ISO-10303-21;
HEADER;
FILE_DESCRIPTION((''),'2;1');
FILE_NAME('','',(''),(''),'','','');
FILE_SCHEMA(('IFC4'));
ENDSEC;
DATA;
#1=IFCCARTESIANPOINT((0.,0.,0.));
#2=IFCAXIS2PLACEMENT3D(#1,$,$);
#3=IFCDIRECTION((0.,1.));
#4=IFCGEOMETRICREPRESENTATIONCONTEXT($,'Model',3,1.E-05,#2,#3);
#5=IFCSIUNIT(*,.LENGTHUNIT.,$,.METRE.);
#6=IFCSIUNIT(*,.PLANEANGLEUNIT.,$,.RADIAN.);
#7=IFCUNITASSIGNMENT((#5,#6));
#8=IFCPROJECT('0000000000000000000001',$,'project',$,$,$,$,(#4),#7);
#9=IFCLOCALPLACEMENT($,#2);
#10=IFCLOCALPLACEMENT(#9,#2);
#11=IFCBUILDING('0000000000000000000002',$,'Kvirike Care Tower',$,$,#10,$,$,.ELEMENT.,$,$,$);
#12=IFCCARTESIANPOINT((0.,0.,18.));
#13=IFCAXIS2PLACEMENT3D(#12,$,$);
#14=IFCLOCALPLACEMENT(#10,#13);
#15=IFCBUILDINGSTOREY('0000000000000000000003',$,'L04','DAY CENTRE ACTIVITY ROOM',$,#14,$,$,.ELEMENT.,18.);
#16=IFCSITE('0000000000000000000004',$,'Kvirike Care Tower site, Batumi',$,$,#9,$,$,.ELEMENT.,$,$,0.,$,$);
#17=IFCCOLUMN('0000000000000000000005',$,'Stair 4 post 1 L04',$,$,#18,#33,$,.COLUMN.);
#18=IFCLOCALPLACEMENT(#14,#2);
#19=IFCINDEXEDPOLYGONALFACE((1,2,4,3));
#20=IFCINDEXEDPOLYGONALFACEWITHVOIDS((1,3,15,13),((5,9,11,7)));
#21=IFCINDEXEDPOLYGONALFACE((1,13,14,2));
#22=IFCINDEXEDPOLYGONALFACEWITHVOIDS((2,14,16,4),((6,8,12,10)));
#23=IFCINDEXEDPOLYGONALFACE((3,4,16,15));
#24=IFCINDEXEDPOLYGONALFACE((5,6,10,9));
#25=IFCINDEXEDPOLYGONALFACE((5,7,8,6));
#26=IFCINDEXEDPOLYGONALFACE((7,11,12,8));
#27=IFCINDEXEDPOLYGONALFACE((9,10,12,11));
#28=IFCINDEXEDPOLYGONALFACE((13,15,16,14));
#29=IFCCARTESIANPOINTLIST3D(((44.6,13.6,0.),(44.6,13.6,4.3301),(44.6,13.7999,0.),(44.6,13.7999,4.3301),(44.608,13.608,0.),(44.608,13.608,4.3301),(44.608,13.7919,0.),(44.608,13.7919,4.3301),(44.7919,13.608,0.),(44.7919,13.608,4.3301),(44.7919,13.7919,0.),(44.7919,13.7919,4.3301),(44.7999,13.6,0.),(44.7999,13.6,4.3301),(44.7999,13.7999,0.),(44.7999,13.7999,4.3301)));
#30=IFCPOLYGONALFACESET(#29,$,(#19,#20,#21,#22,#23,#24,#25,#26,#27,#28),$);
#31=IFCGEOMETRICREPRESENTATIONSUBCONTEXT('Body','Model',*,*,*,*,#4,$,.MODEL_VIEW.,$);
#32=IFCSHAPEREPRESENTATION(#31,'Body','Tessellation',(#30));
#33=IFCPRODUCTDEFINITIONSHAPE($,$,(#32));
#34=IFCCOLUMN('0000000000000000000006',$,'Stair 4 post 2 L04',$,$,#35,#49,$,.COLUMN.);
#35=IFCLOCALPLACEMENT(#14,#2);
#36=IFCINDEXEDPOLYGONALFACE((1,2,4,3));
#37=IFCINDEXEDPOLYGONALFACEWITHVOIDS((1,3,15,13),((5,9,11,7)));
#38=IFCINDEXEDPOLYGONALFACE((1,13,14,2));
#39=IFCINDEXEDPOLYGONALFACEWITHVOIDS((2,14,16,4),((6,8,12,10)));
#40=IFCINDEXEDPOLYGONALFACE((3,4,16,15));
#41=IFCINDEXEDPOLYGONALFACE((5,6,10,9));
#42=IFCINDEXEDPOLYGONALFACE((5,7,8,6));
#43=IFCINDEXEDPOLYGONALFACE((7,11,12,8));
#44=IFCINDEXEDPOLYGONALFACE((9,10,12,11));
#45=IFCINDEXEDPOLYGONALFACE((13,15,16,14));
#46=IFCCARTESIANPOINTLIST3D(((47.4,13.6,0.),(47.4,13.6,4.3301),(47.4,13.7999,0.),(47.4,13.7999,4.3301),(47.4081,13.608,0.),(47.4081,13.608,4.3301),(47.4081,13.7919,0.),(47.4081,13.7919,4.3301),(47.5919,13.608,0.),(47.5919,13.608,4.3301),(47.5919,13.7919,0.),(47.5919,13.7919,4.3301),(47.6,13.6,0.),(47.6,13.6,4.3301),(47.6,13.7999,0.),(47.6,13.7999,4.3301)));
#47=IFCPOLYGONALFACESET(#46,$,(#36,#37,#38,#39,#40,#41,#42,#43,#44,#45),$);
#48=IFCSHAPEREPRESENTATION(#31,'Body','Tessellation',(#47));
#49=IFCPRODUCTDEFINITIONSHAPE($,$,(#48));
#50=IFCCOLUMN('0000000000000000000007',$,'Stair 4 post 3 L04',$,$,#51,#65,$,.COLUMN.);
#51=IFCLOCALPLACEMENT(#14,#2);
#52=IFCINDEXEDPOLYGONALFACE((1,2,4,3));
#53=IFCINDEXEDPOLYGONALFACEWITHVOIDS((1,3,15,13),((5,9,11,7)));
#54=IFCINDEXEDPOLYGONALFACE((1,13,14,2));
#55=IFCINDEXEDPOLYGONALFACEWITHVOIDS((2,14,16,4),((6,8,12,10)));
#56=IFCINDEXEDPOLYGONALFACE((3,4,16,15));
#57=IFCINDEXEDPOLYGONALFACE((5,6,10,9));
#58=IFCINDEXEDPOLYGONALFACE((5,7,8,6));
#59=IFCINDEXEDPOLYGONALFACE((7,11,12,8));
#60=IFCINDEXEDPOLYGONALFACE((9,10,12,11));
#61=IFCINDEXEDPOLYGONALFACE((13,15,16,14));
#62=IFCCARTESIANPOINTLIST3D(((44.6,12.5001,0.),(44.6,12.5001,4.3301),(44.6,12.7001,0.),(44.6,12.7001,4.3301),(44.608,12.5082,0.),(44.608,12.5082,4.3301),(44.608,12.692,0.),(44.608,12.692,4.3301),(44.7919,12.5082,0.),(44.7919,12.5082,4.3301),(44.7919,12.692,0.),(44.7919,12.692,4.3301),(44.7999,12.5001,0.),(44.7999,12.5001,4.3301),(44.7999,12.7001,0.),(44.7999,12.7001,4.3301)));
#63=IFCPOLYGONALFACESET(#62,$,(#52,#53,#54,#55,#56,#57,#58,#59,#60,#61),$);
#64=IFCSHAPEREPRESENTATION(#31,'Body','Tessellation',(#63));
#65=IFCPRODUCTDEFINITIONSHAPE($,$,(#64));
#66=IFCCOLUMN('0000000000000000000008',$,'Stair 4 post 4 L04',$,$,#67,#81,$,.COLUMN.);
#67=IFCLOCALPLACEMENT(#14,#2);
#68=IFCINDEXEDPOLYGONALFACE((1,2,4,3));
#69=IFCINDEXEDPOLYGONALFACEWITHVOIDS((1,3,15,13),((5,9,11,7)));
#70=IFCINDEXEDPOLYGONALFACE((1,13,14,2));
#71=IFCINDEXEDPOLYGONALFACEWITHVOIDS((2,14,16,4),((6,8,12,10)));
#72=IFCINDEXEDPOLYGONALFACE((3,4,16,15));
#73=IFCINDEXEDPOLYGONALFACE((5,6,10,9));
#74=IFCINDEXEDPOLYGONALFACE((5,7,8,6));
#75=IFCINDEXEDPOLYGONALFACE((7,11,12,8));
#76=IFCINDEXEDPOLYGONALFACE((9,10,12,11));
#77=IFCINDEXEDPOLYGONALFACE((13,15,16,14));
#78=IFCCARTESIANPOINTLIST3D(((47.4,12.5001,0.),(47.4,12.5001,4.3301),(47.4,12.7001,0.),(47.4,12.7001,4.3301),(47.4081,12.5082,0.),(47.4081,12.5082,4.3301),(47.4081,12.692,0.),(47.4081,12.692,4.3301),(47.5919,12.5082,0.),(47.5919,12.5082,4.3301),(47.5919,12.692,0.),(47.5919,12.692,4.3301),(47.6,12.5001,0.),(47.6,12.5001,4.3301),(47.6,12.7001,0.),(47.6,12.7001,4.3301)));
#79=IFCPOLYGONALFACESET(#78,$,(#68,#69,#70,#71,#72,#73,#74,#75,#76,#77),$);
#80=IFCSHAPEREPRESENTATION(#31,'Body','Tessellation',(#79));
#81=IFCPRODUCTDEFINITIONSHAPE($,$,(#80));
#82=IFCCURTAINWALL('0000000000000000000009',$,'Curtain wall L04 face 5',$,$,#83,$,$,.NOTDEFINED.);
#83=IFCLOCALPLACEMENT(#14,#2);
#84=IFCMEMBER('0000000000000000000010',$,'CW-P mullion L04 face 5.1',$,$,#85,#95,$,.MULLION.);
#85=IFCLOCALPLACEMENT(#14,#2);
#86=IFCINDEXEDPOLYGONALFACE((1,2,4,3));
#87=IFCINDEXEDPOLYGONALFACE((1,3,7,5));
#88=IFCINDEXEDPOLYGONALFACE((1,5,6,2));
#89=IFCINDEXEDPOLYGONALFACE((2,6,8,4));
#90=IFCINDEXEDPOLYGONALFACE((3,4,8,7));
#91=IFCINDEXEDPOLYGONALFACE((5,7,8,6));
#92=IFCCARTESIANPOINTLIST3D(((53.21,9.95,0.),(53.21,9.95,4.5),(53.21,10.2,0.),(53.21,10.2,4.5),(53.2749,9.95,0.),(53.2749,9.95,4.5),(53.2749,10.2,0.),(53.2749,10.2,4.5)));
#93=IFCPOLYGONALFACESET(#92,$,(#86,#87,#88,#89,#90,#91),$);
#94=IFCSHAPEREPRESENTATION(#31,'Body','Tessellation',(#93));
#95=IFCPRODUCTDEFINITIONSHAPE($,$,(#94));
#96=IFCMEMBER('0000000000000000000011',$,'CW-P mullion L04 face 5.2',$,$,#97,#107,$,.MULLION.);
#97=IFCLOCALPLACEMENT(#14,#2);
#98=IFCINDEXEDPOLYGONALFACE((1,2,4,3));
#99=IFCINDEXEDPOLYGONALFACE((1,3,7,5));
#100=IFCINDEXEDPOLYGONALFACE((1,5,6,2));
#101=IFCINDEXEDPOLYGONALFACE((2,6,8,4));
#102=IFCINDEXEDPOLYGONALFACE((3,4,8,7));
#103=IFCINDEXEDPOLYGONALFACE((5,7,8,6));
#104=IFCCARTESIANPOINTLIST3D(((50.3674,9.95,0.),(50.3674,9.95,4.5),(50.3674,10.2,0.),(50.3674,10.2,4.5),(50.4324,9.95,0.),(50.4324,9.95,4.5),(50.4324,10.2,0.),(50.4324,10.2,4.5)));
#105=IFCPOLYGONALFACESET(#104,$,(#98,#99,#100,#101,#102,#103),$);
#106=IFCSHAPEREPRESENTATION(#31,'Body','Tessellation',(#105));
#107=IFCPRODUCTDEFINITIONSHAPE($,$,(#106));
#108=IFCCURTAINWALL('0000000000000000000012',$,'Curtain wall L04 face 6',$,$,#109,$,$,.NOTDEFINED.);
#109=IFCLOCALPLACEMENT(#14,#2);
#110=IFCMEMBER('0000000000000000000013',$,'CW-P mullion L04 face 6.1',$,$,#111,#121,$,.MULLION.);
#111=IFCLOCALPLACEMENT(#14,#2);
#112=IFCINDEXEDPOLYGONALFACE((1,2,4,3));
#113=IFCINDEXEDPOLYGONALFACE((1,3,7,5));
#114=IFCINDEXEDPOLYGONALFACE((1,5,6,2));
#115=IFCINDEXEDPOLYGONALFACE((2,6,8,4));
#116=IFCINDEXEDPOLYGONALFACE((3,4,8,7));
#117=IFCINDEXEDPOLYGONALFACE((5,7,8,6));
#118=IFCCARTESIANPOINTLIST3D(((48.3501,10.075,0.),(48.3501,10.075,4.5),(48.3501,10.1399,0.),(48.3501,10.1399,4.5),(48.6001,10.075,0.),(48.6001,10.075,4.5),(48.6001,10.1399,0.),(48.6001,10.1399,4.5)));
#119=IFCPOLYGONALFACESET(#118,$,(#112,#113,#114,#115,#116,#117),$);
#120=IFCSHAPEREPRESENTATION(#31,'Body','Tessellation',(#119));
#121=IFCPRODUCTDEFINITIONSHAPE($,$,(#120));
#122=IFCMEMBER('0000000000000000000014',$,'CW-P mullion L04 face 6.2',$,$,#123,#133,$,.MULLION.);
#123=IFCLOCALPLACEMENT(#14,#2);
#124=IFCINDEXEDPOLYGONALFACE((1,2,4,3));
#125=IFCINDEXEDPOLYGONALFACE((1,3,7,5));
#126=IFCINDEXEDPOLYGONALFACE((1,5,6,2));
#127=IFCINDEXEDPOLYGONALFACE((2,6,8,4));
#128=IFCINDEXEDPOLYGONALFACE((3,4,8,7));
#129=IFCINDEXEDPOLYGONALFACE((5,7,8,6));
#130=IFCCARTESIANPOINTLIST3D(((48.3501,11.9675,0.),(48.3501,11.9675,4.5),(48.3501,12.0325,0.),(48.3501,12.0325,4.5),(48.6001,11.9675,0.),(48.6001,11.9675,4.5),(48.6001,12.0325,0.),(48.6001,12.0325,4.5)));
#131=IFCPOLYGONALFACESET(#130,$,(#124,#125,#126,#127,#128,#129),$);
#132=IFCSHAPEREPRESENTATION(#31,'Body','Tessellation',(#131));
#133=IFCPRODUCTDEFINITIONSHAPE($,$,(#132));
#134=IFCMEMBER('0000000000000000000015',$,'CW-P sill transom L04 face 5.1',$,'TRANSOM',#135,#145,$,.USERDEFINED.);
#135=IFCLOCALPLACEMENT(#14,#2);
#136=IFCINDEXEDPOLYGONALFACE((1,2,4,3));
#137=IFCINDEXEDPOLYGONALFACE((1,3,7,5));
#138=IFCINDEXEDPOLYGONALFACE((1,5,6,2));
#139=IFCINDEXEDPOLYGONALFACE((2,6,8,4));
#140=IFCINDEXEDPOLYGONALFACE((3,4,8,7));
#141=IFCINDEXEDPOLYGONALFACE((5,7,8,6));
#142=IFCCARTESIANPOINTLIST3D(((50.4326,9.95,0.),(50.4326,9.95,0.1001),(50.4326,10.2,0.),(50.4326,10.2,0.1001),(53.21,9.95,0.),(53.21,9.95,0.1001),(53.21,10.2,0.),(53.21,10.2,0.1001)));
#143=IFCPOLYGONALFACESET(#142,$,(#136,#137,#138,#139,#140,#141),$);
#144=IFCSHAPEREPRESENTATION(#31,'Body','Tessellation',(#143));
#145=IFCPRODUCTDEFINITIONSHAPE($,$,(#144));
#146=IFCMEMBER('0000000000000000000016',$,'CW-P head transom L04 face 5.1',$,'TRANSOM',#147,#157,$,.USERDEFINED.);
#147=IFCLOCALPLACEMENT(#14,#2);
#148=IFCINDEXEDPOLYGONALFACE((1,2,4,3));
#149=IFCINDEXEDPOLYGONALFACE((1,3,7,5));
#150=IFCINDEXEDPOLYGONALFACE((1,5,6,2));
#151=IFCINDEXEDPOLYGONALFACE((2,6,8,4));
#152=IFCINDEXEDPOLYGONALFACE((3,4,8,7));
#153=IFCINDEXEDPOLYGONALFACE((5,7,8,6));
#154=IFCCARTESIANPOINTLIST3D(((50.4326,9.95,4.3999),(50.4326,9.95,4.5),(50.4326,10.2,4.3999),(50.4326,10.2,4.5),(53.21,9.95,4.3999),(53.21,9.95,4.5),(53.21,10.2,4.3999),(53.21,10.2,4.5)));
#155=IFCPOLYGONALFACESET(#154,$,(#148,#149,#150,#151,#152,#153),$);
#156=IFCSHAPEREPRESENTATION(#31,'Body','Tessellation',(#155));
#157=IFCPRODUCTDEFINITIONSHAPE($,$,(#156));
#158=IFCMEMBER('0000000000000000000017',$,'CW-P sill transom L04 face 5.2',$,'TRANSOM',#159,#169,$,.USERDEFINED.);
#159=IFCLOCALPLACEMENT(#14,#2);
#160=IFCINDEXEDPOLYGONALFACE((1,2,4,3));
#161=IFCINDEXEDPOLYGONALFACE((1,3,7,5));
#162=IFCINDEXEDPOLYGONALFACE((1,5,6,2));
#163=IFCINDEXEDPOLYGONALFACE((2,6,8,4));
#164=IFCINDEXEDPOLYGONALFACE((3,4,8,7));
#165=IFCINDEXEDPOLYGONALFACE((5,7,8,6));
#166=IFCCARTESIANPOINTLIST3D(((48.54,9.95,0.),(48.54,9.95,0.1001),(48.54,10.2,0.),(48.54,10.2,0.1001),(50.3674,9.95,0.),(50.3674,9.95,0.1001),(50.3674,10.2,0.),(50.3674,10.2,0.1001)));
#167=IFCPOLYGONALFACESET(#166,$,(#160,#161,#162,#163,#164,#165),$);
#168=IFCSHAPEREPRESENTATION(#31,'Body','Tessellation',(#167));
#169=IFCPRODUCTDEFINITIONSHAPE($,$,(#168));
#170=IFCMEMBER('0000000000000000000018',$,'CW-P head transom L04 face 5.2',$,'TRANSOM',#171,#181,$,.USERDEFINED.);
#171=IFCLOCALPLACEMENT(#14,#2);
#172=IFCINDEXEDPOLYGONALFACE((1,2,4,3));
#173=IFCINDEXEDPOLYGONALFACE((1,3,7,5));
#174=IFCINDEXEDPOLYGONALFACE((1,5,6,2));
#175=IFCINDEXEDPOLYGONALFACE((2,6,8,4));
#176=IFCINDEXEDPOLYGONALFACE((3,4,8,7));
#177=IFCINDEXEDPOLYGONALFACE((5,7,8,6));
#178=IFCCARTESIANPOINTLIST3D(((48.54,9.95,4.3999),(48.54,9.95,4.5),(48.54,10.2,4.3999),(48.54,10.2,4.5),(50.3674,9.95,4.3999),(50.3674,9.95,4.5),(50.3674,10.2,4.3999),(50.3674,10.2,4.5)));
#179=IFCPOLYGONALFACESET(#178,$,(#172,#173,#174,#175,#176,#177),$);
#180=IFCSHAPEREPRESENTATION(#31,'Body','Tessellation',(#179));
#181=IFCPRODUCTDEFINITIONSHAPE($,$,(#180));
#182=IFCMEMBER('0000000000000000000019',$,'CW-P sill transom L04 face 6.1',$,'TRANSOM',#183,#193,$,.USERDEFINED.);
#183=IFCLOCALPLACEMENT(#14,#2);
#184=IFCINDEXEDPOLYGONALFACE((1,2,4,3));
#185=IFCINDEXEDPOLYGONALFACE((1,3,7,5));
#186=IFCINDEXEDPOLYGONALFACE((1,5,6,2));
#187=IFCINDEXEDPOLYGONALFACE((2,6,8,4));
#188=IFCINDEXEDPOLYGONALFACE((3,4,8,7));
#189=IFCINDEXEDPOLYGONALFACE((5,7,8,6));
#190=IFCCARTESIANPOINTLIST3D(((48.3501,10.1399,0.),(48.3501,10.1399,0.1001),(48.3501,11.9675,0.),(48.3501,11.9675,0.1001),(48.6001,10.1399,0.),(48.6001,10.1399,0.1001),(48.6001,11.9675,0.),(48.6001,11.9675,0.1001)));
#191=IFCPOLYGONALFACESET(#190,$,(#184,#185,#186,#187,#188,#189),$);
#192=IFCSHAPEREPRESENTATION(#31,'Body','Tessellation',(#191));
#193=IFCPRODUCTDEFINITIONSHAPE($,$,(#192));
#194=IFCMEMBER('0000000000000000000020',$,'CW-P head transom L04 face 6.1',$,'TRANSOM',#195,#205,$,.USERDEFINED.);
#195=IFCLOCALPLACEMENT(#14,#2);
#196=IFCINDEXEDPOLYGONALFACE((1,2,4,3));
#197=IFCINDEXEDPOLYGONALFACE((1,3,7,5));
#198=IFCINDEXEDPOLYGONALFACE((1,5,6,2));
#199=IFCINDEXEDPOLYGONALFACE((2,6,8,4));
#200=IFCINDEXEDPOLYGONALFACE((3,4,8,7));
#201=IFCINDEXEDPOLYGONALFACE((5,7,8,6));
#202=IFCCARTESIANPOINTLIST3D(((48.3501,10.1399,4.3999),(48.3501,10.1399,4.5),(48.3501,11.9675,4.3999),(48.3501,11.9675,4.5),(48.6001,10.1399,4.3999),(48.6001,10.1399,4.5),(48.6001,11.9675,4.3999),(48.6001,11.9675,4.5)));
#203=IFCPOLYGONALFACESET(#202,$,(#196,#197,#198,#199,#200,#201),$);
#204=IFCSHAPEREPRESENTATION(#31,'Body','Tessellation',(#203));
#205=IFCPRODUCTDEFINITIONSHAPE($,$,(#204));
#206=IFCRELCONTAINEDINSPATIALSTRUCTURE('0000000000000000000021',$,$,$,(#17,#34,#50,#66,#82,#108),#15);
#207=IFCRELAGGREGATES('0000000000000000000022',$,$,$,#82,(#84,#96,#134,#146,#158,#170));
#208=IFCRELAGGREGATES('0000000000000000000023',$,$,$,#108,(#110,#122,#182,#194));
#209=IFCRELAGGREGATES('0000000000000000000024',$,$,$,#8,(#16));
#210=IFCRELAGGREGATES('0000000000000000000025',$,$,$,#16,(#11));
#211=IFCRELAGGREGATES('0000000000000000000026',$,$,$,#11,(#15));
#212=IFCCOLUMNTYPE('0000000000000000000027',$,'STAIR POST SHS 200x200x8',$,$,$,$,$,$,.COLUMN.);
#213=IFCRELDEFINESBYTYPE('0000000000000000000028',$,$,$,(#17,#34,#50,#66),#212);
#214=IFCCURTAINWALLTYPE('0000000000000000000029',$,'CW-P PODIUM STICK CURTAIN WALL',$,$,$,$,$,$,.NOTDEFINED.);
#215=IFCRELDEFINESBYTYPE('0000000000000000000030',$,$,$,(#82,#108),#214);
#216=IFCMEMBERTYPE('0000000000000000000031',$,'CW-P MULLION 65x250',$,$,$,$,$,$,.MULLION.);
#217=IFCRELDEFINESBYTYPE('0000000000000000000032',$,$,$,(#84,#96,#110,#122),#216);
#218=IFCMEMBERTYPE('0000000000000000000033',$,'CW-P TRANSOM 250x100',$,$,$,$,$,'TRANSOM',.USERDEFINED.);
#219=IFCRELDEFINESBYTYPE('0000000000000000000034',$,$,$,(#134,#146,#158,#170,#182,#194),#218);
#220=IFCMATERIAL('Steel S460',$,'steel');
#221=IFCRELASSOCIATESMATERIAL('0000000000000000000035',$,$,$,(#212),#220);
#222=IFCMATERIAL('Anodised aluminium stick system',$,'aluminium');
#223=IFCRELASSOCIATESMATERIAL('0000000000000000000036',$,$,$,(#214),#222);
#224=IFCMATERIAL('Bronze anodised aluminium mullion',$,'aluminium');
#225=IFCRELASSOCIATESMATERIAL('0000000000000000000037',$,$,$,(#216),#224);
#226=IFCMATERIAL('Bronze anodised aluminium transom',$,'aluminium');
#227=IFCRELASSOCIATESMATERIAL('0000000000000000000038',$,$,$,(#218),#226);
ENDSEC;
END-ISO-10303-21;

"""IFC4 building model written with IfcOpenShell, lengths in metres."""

from ifc_helpers import new_model, si_unit, direction, frame, origin, origin_2d, place, context, subcontext, project, spatial, rectangle, hollow_rectangle, extrude, material, material_profile, profile_set, type_object, element, aggregate, save


model = new_model("IFC4")

# Units and contexts
model_context = context("Model", 3, precision=1e-05, world=origin(), true_north=direction((0.0, 1.0)))
body_context = subcontext(model_context, "Body", "Model", "MODEL_VIEW")
ifc_project = project(units=[si_unit("LENGTHUNIT", "METRE"), si_unit("PLANEANGLEUNIT", "RADIAN")], contexts=[model_context])

# Site, building, storey
site_placement = place(None, origin())
site = spatial("IfcSite", under=ifc_project, at=site_placement, Name="Kvirike Care Tower site, Batumi", CompositionType="ELEMENT", RefElevation=0.0)
building_placement = place(site_placement, origin())
building = spatial("IfcBuilding", under=site, at=building_placement, Name="Kvirike Care Tower", CompositionType="ELEMENT")
storey_placement = place(building_placement, frame((0.0, 0.0, 18.0)))
storey = spatial("IfcBuildingStorey", under=building, at=storey_placement, Name="L04", Description="DAY CENTRE ACTIVITY ROOM", CompositionType="ELEMENT", Elevation=18.0)

# Columns
ifc_material_1 = material(Name="Steel S460", Category="steel")
ifc_material_profile_1 = material_profile(ifc_material_1, hollow_rectangle(XDim=0.2, YDim=0.2, WallThickness=0.0081, at=origin_2d()), Name="SHS 200x200x8")
ifc_profile_set_1 = profile_set([ifc_material_profile_1], Name="Steel S460")
column_type = type_object("IfcColumnType", Name="STAIR POST SHS 200x200x8", PredefinedType="COLUMN", material=ifc_profile_set_1)
for number, where, z_axis, x_axis, name in (
    (1, (44.7, 13.7, 0.0), (0.0, 0.0, 1.0), (1.0, 0.0, 0.0), "Stair 4 post 1 L04"),
    (2, (47.5, 13.7, 0.0), (0.0, 0.0, 1.0), (1.0, 0.0, 0.0), "Stair 4 post 2 L04"),
    (3, (44.7, 12.6001, 0.0), (0.0, 0.0, 1.0), (1.0, 0.0, 0.0), "Stair 4 post 3 L04"),
    (4, (47.5, 12.6001, 0.0), (0.0, 0.0, 1.0), (1.0, 0.0, 0.0), "Stair 4 post 4 L04"),
):
    element("IfcColumn", number, at=place(storey_placement, frame(where, z_axis=z_axis, x_axis=x_axis)), inside=storey, type_object=column_type, Name=name, PredefinedType="COLUMN", context=body_context, shape_type="SweptSolid", body=[
        extrude(hollow_rectangle(XDim=0.2, YDim=0.2, WallThickness=0.0081, at=origin_2d()), origin(), (0.0, 0.0, 1.0), 4.3301),
    ])

# Curtain walls, members
ifc_material_2 = material(Name="Anodised aluminium stick system", Category="aluminium")
curtain_wall_type = type_object("IfcCurtainWallType", Name="CW-P PODIUM STICK CURTAIN WALL", PredefinedType="NOTDEFINED", material=ifc_material_2)
curtain_wall_1_placement = place(storey_placement, origin())
curtain_wall_1 = element("IfcCurtainWall", 5, at=curtain_wall_1_placement, inside=storey, type_object=curtain_wall_type, Name="Curtain wall L04 face 5", PredefinedType="NOTDEFINED")
ifc_material_3 = material(Name="Bronze anodised aluminium mullion", Category="aluminium")
ifc_material_profile_2 = material_profile(ifc_material_3, rectangle(XDim=0.0649, YDim=0.25, at=origin_2d()), Name="CW-P MULLION 65x250")
ifc_profile_set_2 = profile_set([ifc_material_profile_2], Name="Bronze anodised aluminium mullion")
member_type_1 = type_object("IfcMemberType", Name="CW-P MULLION 65x250", PredefinedType="MULLION", material=ifc_profile_set_2)
member_1_placement = place(storey_placement, frame((53.2424, 10.075, 0.0), z_axis=(0.0, 0.0, 1.0), x_axis=(-1.0, 0.0, 0.0)))
member_1 = element("IfcMember", 6, at=member_1_placement, type_object=member_type_1, Name="CW-P mullion L04 face 5.1", PredefinedType="MULLION", context=body_context, shape_type="SweptSolid", body=[
    extrude(rectangle(XDim=0.0649, YDim=0.25, at=origin_2d()), origin(), (0.0, 0.0, 1.0), 4.5),
])
member_2_placement = place(storey_placement, frame((50.3999, 10.075, 0.0), z_axis=(0.0, 0.0, 1.0), x_axis=(-1.0, 0.0, 0.0)))
member_2 = element("IfcMember", 7, at=member_2_placement, type_object=member_type_1, Name="CW-P mullion L04 face 5.2", PredefinedType="MULLION", context=body_context, shape_type="SweptSolid", body=[
    extrude(rectangle(XDim=0.0649, YDim=0.25, at=origin_2d()), origin(), (0.0, 0.0, 1.0), 4.5),
])
curtain_wall_2_placement = place(storey_placement, origin())
curtain_wall_2 = element("IfcCurtainWall", 8, at=curtain_wall_2_placement, inside=storey, type_object=curtain_wall_type, Name="Curtain wall L04 face 6", PredefinedType="NOTDEFINED")
member_3_placement = place(storey_placement, frame((48.4751, 10.1074, 0.0), z_axis=(0.0, 0.0, 1.0), x_axis=(0.0, 1.0, 0.0)))
member_3 = element("IfcMember", 9, at=member_3_placement, type_object=member_type_1, Name="CW-P mullion L04 face 6.1", PredefinedType="MULLION", context=body_context, shape_type="SweptSolid", body=[
    extrude(rectangle(XDim=0.0649, YDim=0.25, at=origin_2d()), origin(), (0.0, 0.0, 1.0), 4.5),
])
member_4_placement = place(storey_placement, frame((48.4751, 12.0, 0.0), z_axis=(0.0, 0.0, 1.0), x_axis=(0.0, 1.0, 0.0)))
member_4 = element("IfcMember", 10, at=member_4_placement, type_object=member_type_1, Name="CW-P mullion L04 face 6.2", PredefinedType="MULLION", context=body_context, shape_type="SweptSolid", body=[
    extrude(rectangle(XDim=0.0649, YDim=0.25, at=origin_2d()), origin(), (0.0, 0.0, 1.0), 4.5),
])

# Members
ifc_material_4 = material(Name="Bronze anodised aluminium transom", Category="aluminium")
ifc_material_profile_3 = material_profile(ifc_material_4, rectangle(XDim=0.25, YDim=0.1001, at=origin_2d()), Name="CW-P TRANSOM 250x100")
ifc_profile_set_3 = profile_set([ifc_material_profile_3], Name="Bronze anodised aluminium transom")
member_type_2 = type_object("IfcMemberType", Name="CW-P TRANSOM 250x100", ElementType="TRANSOM", PredefinedType="USERDEFINED", material=ifc_profile_set_3)
member_5_placement = place(storey_placement, frame((53.21, 10.075, 0.05), z_axis=(-1.0, 0.0, 0.0), x_axis=(0.0, -1.0, 0.0)))
member_5 = element("IfcMember", 11, at=member_5_placement, type_object=member_type_2, Name="CW-P sill transom L04 face 5.1", ObjectType="TRANSOM", PredefinedType="USERDEFINED", context=body_context, shape_type="SweptSolid", body=[
    extrude(rectangle(XDim=0.25, YDim=0.1001, at=origin_2d()), origin(), (0.0, 0.0, 1.0), 2.7773),
])
member_6_placement = place(storey_placement, frame((53.21, 10.075, 4.45), z_axis=(-1.0, 0.0, 0.0), x_axis=(0.0, -1.0, 0.0)))
member_6 = element("IfcMember", 12, at=member_6_placement, type_object=member_type_2, Name="CW-P head transom L04 face 5.1", ObjectType="TRANSOM", PredefinedType="USERDEFINED", context=body_context, shape_type="SweptSolid", body=[
    extrude(rectangle(XDim=0.25, YDim=0.1001, at=origin_2d()), origin(), (0.0, 0.0, 1.0), 2.7773),
])
member_7_placement = place(storey_placement, frame((50.3674, 10.075, 0.05), z_axis=(-1.0, 0.0, 0.0), x_axis=(0.0, -1.0, 0.0)))
member_7 = element("IfcMember", 13, at=member_7_placement, type_object=member_type_2, Name="CW-P sill transom L04 face 5.2", ObjectType="TRANSOM", PredefinedType="USERDEFINED", context=body_context, shape_type="SweptSolid", body=[
    extrude(rectangle(XDim=0.25, YDim=0.1001, at=origin_2d()), origin(), (0.0, 0.0, 1.0), 1.8274),
])
member_8_placement = place(storey_placement, frame((50.3674, 10.075, 4.45), z_axis=(-1.0, 0.0, 0.0), x_axis=(0.0, -1.0, 0.0)))
member_8 = element("IfcMember", 14, at=member_8_placement, type_object=member_type_2, Name="CW-P head transom L04 face 5.2", ObjectType="TRANSOM", PredefinedType="USERDEFINED", context=body_context, shape_type="SweptSolid", body=[
    extrude(rectangle(XDim=0.25, YDim=0.1001, at=origin_2d()), origin(), (0.0, 0.0, 1.0), 1.8274),
])
member_9_placement = place(storey_placement, frame((48.4751, 10.1399, 0.05), z_axis=(0.0, 1.0, 0.0), x_axis=(-1.0, 0.0, 0.0)))
member_9 = element("IfcMember", 15, at=member_9_placement, type_object=member_type_2, Name="CW-P sill transom L04 face 6.1", ObjectType="TRANSOM", PredefinedType="USERDEFINED", context=body_context, shape_type="SweptSolid", body=[
    extrude(rectangle(XDim=0.25, YDim=0.1001, at=origin_2d()), origin(), (0.0, 0.0, 1.0), 1.8276),
])
member_10_placement = place(storey_placement, frame((48.4751, 10.1399, 4.45), z_axis=(0.0, 1.0, 0.0), x_axis=(-1.0, 0.0, 0.0)))
member_10 = element("IfcMember", 16, at=member_10_placement, type_object=member_type_2, Name="CW-P head transom L04 face 6.1", ObjectType="TRANSOM", PredefinedType="USERDEFINED", context=body_context, shape_type="SweptSolid", body=[
    extrude(rectangle(XDim=0.25, YDim=0.1001, at=origin_2d()), origin(), (0.0, 0.0, 1.0), 1.8276),
])

aggregate(curtain_wall_1, [member_1, member_2, member_5, member_6, member_7, member_8])
aggregate(curtain_wall_2, [member_3, member_4, member_9, member_10])

save(model, "model.ifc")
